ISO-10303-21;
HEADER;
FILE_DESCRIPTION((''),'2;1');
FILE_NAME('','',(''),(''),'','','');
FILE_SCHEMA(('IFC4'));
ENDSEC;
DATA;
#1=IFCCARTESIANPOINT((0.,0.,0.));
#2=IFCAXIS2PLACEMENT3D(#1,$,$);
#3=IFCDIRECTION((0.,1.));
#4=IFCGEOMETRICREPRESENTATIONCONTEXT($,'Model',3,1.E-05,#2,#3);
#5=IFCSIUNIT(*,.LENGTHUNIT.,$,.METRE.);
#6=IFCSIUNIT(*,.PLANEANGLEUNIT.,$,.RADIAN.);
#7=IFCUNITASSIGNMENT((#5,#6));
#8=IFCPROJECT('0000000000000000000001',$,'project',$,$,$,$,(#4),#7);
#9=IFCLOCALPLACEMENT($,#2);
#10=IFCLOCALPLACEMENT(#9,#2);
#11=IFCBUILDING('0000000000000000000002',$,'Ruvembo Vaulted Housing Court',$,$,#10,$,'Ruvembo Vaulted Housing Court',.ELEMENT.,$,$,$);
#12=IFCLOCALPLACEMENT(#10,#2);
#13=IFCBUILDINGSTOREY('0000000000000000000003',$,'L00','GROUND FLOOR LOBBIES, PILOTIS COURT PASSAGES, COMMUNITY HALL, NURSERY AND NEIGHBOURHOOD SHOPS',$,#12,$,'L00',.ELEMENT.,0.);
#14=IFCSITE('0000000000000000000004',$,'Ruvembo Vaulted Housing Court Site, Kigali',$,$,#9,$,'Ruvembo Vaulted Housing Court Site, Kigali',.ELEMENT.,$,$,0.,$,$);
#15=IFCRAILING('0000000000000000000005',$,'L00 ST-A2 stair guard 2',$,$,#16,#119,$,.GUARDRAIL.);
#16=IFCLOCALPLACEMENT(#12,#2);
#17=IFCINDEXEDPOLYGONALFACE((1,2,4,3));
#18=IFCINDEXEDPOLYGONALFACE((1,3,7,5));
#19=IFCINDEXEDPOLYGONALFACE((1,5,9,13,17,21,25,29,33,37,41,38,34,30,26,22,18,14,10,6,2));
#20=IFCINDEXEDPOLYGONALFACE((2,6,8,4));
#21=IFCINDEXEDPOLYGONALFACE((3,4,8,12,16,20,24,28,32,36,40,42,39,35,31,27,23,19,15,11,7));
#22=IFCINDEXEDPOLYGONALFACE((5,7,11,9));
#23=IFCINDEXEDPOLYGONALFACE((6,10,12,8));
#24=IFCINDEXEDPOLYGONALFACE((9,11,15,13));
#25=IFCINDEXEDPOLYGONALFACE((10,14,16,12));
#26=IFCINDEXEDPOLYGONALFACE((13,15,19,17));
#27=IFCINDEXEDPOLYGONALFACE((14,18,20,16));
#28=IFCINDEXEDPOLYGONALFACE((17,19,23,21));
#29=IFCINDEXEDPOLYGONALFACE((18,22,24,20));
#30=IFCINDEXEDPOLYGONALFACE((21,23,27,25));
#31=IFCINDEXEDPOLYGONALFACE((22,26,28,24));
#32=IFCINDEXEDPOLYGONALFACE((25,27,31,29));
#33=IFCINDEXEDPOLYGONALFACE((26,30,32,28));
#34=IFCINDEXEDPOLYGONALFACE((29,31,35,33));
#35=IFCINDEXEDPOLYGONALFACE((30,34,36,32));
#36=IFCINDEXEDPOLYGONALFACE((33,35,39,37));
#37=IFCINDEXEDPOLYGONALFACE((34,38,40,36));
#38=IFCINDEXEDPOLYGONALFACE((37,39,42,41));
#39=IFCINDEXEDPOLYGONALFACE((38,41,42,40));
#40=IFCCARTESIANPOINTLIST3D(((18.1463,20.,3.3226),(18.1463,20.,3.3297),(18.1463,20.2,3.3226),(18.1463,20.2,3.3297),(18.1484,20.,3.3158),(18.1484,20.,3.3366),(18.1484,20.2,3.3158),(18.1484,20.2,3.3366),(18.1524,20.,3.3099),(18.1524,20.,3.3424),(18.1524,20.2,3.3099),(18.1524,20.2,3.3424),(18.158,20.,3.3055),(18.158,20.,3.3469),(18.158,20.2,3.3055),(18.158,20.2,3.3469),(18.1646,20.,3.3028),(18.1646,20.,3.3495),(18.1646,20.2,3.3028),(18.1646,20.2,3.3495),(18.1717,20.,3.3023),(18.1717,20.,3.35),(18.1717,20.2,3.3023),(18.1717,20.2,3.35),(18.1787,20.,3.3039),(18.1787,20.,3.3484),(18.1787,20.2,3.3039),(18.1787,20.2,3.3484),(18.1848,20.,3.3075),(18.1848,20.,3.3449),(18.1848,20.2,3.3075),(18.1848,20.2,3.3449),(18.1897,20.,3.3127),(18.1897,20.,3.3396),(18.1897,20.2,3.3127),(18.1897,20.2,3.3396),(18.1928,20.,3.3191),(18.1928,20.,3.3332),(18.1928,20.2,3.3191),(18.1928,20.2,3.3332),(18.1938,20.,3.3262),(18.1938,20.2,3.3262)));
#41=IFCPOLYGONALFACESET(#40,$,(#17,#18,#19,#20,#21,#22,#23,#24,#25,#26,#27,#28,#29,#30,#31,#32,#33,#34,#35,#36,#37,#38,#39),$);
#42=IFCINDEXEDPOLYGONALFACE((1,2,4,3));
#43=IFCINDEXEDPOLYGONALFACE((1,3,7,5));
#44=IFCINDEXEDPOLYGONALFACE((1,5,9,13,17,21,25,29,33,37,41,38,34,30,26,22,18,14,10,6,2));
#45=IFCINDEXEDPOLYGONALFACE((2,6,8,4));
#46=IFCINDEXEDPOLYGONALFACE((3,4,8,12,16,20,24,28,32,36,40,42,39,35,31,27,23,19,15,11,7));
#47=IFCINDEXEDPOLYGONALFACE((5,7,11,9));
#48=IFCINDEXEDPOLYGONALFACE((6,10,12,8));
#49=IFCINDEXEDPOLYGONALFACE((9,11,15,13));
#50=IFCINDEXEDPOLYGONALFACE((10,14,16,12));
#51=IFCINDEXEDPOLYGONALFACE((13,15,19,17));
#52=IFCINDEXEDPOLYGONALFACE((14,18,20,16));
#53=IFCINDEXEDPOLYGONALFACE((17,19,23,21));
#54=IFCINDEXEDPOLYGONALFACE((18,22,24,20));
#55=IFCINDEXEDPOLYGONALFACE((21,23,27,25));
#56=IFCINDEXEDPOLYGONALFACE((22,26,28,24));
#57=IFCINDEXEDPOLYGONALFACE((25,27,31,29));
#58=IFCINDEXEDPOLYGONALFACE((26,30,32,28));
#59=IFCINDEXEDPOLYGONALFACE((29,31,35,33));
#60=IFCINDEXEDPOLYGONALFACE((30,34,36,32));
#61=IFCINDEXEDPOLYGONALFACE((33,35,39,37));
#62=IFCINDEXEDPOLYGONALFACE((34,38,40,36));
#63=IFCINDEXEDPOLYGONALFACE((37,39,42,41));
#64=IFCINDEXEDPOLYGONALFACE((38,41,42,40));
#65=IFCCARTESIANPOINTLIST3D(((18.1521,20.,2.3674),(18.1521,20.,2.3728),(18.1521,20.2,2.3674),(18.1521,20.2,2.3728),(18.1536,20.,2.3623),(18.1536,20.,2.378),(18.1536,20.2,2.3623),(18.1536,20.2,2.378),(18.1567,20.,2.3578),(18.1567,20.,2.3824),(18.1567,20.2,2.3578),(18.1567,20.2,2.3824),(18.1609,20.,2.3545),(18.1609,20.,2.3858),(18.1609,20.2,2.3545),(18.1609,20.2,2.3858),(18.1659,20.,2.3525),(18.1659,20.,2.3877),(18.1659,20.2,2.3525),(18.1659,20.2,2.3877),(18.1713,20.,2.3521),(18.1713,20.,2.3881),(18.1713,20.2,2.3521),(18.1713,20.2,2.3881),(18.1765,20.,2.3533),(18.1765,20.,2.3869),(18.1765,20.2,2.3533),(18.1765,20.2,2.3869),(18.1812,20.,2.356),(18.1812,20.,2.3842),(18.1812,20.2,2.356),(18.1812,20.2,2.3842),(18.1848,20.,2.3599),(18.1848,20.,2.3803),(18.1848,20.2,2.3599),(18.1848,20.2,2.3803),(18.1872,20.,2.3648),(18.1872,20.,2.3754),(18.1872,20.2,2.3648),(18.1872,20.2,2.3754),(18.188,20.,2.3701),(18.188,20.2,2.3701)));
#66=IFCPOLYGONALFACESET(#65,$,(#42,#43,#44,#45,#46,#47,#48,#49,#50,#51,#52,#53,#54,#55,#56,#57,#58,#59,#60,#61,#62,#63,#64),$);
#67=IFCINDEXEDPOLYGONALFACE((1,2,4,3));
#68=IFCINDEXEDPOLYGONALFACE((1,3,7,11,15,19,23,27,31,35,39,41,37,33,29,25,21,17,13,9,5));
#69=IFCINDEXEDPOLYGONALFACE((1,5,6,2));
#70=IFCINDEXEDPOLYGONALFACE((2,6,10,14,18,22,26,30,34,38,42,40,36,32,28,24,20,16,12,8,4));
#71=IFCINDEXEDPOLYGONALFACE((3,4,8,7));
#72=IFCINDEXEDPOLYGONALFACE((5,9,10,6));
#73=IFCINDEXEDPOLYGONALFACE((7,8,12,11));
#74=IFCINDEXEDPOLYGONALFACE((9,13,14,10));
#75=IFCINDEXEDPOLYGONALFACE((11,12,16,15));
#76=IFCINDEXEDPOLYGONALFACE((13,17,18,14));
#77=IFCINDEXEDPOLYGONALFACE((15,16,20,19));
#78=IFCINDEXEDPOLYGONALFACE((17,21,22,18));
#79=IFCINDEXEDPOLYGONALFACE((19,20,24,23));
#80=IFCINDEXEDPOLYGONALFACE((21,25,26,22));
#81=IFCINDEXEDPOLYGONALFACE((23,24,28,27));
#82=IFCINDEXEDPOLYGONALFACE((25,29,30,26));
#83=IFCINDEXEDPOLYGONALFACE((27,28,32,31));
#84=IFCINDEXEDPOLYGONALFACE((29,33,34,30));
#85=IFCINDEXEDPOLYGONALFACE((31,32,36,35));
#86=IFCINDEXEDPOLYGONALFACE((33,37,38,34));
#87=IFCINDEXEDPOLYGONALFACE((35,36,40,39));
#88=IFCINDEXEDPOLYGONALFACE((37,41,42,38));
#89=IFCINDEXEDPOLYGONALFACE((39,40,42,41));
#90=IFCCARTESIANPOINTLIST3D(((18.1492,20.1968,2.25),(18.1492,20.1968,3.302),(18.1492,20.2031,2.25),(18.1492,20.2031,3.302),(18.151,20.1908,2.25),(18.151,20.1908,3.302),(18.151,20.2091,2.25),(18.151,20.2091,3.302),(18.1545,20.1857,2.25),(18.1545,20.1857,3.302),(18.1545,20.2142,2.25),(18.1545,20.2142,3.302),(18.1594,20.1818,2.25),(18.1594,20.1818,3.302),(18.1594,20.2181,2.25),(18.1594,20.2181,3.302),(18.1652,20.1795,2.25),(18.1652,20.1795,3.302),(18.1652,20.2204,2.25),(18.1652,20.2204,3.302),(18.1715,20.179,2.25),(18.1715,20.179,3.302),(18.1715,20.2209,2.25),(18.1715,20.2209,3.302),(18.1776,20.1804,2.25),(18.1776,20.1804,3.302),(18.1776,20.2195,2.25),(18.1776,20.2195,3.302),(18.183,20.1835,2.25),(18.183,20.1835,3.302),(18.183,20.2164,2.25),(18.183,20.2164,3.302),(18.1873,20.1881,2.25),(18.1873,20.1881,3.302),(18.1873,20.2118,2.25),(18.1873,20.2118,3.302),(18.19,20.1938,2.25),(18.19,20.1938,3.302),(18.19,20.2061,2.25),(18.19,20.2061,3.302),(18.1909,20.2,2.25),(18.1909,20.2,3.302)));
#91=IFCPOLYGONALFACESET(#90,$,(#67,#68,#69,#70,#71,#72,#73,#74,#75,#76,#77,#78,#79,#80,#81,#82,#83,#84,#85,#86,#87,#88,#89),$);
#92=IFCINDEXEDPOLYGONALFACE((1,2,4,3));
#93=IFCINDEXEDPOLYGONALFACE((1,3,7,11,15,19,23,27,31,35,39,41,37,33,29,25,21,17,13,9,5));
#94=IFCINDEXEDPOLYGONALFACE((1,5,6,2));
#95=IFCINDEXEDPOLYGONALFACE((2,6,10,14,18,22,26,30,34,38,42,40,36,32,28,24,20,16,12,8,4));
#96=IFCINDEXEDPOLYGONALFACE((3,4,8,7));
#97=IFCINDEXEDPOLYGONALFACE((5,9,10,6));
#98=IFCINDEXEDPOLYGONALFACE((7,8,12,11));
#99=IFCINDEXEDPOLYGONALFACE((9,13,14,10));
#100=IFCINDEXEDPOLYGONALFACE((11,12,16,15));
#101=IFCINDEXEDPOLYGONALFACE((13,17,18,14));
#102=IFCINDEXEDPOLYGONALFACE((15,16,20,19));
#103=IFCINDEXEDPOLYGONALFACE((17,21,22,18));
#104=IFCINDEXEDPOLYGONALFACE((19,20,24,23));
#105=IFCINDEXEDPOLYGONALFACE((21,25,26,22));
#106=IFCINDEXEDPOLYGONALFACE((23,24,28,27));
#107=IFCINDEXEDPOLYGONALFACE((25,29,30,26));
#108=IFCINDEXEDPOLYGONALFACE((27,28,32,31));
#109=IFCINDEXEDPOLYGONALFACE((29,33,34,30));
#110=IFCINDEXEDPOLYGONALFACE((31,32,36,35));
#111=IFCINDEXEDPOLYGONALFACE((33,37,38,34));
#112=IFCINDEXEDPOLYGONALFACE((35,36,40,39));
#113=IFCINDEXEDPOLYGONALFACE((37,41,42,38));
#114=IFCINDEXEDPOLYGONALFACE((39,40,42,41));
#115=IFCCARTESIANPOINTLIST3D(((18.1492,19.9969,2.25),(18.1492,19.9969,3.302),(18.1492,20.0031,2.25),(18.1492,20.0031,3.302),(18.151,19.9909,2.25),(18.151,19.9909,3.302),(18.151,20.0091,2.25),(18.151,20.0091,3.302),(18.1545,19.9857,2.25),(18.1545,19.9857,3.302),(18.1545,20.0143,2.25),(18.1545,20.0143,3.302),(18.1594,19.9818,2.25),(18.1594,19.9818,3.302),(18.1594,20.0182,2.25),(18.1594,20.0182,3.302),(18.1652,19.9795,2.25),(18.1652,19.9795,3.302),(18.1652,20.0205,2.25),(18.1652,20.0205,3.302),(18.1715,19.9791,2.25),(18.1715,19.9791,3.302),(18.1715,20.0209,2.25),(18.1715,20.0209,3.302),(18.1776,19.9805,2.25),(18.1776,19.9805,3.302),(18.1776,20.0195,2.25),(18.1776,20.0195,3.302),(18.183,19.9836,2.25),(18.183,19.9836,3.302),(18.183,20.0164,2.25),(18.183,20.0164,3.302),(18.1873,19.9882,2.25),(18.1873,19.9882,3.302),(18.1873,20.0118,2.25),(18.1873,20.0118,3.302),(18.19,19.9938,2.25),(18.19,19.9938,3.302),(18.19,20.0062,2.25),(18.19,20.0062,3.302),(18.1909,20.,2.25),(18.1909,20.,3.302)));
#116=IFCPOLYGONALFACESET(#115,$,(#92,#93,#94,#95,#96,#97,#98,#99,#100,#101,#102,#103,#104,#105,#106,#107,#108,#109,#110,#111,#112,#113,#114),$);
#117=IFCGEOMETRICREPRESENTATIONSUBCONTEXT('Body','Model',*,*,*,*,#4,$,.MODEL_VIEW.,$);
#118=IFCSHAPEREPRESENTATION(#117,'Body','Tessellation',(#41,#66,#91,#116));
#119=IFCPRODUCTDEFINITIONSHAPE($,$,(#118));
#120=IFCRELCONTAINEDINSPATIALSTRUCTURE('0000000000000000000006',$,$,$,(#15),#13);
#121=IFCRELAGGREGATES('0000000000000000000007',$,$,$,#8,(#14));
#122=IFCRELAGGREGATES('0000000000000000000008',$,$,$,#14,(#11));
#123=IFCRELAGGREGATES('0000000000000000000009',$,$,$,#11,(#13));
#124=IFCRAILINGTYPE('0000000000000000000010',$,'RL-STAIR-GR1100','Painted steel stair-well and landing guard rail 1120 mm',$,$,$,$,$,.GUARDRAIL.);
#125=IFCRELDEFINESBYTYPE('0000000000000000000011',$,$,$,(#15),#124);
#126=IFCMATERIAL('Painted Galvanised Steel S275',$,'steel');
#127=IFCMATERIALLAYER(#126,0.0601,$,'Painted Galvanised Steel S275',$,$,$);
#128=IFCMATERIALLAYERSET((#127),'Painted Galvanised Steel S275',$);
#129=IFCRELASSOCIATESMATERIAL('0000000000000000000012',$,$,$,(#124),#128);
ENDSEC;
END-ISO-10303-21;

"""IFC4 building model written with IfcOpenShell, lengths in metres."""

from ifc_helpers import new_model, si_unit, direction, frame, origin, origin_2d, place, context, subcontext, project, spatial, circle, extrude, material, layer, layer_set, type_object, element, save


model = new_model("IFC4")

# Units and contexts
model_context = context("Model", 3, precision=1e-05, world=origin(), true_north=direction((0.0, 1.0)))
body_context = subcontext(model_context, "Body", "Model", "MODEL_VIEW")
ifc_project = project(units=[si_unit("LENGTHUNIT", "METRE"), si_unit("PLANEANGLEUNIT", "RADIAN")], contexts=[model_context])

# Site, building, storey
site_placement = place(None, origin())
site = spatial("IfcSite", under=ifc_project, at=site_placement, Name="Ruvembo Vaulted Housing Court Site, Kigali", LongName="Ruvembo Vaulted Housing Court Site, Kigali", CompositionType="ELEMENT", RefElevation=0.0)
building_placement = place(site_placement, origin())
building = spatial("IfcBuilding", under=site, at=building_placement, Name="Ruvembo Vaulted Housing Court", LongName="Ruvembo Vaulted Housing Court", CompositionType="ELEMENT")
storey_placement = place(building_placement, origin())
storey = spatial("IfcBuildingStorey", under=building, at=storey_placement, Name="L00", Description="GROUND FLOOR LOBBIES, PILOTIS COURT PASSAGES, COMMUNITY HALL, NURSERY AND NEIGHBOURHOOD SHOPS", LongName="L00", CompositionType="ELEMENT", Elevation=0.0)

# Railing
ifc_material_1 = material(Name="Painted Galvanised Steel S275", Category="steel")
ifc_layer_1 = layer(ifc_material_1, 0.0601, Name="Painted Galvanised Steel S275")
ifc_layer_set_1 = layer_set([ifc_layer_1], Name="Painted Galvanised Steel S275")
railing_type_1 = type_object("IfcRailingType", Name="RL-STAIR-GR1100", Description="Painted steel stair-well and landing guard rail 1120 mm", PredefinedType="GUARDRAIL", material=ifc_layer_set_1)
railing_1_placement = place(storey_placement, frame((18.1699, 20.2, 2.25)))
element("IfcRailing", 1, at=railing_1_placement, inside=storey, type_object=railing_type_1, Name="L00 ST-A2 stair guard 2", PredefinedType="GUARDRAIL", context=body_context, shape_type="SweptSolid", body=[
    extrude(circle(Radius=0.0239, at=origin_2d()), frame((0.0, 0.0, 1.0762), z_axis=(0.0, -1.0, 0.0), x_axis=(1.0, 0.0, 0.0)), (0.0, 0.0, 1.0), 0.2),
    extrude(circle(Radius=0.0181, at=origin_2d()), frame((0.0, 0.0, 0.1201), z_axis=(0.0, -1.0, 0.0), x_axis=(1.0, 0.0, 0.0)), (0.0, 0.0, 1.0), 0.2),
    extrude(circle(Radius=0.021, at=origin_2d()), origin(), (0.0, 0.0, 1.0), 1.052),
    extrude(circle(Radius=0.021, at=origin_2d()), frame((0.0, -0.2, 0.0)), (0.0, 0.0, 1.0), 1.052),
])

save(model, "model.ifc")
